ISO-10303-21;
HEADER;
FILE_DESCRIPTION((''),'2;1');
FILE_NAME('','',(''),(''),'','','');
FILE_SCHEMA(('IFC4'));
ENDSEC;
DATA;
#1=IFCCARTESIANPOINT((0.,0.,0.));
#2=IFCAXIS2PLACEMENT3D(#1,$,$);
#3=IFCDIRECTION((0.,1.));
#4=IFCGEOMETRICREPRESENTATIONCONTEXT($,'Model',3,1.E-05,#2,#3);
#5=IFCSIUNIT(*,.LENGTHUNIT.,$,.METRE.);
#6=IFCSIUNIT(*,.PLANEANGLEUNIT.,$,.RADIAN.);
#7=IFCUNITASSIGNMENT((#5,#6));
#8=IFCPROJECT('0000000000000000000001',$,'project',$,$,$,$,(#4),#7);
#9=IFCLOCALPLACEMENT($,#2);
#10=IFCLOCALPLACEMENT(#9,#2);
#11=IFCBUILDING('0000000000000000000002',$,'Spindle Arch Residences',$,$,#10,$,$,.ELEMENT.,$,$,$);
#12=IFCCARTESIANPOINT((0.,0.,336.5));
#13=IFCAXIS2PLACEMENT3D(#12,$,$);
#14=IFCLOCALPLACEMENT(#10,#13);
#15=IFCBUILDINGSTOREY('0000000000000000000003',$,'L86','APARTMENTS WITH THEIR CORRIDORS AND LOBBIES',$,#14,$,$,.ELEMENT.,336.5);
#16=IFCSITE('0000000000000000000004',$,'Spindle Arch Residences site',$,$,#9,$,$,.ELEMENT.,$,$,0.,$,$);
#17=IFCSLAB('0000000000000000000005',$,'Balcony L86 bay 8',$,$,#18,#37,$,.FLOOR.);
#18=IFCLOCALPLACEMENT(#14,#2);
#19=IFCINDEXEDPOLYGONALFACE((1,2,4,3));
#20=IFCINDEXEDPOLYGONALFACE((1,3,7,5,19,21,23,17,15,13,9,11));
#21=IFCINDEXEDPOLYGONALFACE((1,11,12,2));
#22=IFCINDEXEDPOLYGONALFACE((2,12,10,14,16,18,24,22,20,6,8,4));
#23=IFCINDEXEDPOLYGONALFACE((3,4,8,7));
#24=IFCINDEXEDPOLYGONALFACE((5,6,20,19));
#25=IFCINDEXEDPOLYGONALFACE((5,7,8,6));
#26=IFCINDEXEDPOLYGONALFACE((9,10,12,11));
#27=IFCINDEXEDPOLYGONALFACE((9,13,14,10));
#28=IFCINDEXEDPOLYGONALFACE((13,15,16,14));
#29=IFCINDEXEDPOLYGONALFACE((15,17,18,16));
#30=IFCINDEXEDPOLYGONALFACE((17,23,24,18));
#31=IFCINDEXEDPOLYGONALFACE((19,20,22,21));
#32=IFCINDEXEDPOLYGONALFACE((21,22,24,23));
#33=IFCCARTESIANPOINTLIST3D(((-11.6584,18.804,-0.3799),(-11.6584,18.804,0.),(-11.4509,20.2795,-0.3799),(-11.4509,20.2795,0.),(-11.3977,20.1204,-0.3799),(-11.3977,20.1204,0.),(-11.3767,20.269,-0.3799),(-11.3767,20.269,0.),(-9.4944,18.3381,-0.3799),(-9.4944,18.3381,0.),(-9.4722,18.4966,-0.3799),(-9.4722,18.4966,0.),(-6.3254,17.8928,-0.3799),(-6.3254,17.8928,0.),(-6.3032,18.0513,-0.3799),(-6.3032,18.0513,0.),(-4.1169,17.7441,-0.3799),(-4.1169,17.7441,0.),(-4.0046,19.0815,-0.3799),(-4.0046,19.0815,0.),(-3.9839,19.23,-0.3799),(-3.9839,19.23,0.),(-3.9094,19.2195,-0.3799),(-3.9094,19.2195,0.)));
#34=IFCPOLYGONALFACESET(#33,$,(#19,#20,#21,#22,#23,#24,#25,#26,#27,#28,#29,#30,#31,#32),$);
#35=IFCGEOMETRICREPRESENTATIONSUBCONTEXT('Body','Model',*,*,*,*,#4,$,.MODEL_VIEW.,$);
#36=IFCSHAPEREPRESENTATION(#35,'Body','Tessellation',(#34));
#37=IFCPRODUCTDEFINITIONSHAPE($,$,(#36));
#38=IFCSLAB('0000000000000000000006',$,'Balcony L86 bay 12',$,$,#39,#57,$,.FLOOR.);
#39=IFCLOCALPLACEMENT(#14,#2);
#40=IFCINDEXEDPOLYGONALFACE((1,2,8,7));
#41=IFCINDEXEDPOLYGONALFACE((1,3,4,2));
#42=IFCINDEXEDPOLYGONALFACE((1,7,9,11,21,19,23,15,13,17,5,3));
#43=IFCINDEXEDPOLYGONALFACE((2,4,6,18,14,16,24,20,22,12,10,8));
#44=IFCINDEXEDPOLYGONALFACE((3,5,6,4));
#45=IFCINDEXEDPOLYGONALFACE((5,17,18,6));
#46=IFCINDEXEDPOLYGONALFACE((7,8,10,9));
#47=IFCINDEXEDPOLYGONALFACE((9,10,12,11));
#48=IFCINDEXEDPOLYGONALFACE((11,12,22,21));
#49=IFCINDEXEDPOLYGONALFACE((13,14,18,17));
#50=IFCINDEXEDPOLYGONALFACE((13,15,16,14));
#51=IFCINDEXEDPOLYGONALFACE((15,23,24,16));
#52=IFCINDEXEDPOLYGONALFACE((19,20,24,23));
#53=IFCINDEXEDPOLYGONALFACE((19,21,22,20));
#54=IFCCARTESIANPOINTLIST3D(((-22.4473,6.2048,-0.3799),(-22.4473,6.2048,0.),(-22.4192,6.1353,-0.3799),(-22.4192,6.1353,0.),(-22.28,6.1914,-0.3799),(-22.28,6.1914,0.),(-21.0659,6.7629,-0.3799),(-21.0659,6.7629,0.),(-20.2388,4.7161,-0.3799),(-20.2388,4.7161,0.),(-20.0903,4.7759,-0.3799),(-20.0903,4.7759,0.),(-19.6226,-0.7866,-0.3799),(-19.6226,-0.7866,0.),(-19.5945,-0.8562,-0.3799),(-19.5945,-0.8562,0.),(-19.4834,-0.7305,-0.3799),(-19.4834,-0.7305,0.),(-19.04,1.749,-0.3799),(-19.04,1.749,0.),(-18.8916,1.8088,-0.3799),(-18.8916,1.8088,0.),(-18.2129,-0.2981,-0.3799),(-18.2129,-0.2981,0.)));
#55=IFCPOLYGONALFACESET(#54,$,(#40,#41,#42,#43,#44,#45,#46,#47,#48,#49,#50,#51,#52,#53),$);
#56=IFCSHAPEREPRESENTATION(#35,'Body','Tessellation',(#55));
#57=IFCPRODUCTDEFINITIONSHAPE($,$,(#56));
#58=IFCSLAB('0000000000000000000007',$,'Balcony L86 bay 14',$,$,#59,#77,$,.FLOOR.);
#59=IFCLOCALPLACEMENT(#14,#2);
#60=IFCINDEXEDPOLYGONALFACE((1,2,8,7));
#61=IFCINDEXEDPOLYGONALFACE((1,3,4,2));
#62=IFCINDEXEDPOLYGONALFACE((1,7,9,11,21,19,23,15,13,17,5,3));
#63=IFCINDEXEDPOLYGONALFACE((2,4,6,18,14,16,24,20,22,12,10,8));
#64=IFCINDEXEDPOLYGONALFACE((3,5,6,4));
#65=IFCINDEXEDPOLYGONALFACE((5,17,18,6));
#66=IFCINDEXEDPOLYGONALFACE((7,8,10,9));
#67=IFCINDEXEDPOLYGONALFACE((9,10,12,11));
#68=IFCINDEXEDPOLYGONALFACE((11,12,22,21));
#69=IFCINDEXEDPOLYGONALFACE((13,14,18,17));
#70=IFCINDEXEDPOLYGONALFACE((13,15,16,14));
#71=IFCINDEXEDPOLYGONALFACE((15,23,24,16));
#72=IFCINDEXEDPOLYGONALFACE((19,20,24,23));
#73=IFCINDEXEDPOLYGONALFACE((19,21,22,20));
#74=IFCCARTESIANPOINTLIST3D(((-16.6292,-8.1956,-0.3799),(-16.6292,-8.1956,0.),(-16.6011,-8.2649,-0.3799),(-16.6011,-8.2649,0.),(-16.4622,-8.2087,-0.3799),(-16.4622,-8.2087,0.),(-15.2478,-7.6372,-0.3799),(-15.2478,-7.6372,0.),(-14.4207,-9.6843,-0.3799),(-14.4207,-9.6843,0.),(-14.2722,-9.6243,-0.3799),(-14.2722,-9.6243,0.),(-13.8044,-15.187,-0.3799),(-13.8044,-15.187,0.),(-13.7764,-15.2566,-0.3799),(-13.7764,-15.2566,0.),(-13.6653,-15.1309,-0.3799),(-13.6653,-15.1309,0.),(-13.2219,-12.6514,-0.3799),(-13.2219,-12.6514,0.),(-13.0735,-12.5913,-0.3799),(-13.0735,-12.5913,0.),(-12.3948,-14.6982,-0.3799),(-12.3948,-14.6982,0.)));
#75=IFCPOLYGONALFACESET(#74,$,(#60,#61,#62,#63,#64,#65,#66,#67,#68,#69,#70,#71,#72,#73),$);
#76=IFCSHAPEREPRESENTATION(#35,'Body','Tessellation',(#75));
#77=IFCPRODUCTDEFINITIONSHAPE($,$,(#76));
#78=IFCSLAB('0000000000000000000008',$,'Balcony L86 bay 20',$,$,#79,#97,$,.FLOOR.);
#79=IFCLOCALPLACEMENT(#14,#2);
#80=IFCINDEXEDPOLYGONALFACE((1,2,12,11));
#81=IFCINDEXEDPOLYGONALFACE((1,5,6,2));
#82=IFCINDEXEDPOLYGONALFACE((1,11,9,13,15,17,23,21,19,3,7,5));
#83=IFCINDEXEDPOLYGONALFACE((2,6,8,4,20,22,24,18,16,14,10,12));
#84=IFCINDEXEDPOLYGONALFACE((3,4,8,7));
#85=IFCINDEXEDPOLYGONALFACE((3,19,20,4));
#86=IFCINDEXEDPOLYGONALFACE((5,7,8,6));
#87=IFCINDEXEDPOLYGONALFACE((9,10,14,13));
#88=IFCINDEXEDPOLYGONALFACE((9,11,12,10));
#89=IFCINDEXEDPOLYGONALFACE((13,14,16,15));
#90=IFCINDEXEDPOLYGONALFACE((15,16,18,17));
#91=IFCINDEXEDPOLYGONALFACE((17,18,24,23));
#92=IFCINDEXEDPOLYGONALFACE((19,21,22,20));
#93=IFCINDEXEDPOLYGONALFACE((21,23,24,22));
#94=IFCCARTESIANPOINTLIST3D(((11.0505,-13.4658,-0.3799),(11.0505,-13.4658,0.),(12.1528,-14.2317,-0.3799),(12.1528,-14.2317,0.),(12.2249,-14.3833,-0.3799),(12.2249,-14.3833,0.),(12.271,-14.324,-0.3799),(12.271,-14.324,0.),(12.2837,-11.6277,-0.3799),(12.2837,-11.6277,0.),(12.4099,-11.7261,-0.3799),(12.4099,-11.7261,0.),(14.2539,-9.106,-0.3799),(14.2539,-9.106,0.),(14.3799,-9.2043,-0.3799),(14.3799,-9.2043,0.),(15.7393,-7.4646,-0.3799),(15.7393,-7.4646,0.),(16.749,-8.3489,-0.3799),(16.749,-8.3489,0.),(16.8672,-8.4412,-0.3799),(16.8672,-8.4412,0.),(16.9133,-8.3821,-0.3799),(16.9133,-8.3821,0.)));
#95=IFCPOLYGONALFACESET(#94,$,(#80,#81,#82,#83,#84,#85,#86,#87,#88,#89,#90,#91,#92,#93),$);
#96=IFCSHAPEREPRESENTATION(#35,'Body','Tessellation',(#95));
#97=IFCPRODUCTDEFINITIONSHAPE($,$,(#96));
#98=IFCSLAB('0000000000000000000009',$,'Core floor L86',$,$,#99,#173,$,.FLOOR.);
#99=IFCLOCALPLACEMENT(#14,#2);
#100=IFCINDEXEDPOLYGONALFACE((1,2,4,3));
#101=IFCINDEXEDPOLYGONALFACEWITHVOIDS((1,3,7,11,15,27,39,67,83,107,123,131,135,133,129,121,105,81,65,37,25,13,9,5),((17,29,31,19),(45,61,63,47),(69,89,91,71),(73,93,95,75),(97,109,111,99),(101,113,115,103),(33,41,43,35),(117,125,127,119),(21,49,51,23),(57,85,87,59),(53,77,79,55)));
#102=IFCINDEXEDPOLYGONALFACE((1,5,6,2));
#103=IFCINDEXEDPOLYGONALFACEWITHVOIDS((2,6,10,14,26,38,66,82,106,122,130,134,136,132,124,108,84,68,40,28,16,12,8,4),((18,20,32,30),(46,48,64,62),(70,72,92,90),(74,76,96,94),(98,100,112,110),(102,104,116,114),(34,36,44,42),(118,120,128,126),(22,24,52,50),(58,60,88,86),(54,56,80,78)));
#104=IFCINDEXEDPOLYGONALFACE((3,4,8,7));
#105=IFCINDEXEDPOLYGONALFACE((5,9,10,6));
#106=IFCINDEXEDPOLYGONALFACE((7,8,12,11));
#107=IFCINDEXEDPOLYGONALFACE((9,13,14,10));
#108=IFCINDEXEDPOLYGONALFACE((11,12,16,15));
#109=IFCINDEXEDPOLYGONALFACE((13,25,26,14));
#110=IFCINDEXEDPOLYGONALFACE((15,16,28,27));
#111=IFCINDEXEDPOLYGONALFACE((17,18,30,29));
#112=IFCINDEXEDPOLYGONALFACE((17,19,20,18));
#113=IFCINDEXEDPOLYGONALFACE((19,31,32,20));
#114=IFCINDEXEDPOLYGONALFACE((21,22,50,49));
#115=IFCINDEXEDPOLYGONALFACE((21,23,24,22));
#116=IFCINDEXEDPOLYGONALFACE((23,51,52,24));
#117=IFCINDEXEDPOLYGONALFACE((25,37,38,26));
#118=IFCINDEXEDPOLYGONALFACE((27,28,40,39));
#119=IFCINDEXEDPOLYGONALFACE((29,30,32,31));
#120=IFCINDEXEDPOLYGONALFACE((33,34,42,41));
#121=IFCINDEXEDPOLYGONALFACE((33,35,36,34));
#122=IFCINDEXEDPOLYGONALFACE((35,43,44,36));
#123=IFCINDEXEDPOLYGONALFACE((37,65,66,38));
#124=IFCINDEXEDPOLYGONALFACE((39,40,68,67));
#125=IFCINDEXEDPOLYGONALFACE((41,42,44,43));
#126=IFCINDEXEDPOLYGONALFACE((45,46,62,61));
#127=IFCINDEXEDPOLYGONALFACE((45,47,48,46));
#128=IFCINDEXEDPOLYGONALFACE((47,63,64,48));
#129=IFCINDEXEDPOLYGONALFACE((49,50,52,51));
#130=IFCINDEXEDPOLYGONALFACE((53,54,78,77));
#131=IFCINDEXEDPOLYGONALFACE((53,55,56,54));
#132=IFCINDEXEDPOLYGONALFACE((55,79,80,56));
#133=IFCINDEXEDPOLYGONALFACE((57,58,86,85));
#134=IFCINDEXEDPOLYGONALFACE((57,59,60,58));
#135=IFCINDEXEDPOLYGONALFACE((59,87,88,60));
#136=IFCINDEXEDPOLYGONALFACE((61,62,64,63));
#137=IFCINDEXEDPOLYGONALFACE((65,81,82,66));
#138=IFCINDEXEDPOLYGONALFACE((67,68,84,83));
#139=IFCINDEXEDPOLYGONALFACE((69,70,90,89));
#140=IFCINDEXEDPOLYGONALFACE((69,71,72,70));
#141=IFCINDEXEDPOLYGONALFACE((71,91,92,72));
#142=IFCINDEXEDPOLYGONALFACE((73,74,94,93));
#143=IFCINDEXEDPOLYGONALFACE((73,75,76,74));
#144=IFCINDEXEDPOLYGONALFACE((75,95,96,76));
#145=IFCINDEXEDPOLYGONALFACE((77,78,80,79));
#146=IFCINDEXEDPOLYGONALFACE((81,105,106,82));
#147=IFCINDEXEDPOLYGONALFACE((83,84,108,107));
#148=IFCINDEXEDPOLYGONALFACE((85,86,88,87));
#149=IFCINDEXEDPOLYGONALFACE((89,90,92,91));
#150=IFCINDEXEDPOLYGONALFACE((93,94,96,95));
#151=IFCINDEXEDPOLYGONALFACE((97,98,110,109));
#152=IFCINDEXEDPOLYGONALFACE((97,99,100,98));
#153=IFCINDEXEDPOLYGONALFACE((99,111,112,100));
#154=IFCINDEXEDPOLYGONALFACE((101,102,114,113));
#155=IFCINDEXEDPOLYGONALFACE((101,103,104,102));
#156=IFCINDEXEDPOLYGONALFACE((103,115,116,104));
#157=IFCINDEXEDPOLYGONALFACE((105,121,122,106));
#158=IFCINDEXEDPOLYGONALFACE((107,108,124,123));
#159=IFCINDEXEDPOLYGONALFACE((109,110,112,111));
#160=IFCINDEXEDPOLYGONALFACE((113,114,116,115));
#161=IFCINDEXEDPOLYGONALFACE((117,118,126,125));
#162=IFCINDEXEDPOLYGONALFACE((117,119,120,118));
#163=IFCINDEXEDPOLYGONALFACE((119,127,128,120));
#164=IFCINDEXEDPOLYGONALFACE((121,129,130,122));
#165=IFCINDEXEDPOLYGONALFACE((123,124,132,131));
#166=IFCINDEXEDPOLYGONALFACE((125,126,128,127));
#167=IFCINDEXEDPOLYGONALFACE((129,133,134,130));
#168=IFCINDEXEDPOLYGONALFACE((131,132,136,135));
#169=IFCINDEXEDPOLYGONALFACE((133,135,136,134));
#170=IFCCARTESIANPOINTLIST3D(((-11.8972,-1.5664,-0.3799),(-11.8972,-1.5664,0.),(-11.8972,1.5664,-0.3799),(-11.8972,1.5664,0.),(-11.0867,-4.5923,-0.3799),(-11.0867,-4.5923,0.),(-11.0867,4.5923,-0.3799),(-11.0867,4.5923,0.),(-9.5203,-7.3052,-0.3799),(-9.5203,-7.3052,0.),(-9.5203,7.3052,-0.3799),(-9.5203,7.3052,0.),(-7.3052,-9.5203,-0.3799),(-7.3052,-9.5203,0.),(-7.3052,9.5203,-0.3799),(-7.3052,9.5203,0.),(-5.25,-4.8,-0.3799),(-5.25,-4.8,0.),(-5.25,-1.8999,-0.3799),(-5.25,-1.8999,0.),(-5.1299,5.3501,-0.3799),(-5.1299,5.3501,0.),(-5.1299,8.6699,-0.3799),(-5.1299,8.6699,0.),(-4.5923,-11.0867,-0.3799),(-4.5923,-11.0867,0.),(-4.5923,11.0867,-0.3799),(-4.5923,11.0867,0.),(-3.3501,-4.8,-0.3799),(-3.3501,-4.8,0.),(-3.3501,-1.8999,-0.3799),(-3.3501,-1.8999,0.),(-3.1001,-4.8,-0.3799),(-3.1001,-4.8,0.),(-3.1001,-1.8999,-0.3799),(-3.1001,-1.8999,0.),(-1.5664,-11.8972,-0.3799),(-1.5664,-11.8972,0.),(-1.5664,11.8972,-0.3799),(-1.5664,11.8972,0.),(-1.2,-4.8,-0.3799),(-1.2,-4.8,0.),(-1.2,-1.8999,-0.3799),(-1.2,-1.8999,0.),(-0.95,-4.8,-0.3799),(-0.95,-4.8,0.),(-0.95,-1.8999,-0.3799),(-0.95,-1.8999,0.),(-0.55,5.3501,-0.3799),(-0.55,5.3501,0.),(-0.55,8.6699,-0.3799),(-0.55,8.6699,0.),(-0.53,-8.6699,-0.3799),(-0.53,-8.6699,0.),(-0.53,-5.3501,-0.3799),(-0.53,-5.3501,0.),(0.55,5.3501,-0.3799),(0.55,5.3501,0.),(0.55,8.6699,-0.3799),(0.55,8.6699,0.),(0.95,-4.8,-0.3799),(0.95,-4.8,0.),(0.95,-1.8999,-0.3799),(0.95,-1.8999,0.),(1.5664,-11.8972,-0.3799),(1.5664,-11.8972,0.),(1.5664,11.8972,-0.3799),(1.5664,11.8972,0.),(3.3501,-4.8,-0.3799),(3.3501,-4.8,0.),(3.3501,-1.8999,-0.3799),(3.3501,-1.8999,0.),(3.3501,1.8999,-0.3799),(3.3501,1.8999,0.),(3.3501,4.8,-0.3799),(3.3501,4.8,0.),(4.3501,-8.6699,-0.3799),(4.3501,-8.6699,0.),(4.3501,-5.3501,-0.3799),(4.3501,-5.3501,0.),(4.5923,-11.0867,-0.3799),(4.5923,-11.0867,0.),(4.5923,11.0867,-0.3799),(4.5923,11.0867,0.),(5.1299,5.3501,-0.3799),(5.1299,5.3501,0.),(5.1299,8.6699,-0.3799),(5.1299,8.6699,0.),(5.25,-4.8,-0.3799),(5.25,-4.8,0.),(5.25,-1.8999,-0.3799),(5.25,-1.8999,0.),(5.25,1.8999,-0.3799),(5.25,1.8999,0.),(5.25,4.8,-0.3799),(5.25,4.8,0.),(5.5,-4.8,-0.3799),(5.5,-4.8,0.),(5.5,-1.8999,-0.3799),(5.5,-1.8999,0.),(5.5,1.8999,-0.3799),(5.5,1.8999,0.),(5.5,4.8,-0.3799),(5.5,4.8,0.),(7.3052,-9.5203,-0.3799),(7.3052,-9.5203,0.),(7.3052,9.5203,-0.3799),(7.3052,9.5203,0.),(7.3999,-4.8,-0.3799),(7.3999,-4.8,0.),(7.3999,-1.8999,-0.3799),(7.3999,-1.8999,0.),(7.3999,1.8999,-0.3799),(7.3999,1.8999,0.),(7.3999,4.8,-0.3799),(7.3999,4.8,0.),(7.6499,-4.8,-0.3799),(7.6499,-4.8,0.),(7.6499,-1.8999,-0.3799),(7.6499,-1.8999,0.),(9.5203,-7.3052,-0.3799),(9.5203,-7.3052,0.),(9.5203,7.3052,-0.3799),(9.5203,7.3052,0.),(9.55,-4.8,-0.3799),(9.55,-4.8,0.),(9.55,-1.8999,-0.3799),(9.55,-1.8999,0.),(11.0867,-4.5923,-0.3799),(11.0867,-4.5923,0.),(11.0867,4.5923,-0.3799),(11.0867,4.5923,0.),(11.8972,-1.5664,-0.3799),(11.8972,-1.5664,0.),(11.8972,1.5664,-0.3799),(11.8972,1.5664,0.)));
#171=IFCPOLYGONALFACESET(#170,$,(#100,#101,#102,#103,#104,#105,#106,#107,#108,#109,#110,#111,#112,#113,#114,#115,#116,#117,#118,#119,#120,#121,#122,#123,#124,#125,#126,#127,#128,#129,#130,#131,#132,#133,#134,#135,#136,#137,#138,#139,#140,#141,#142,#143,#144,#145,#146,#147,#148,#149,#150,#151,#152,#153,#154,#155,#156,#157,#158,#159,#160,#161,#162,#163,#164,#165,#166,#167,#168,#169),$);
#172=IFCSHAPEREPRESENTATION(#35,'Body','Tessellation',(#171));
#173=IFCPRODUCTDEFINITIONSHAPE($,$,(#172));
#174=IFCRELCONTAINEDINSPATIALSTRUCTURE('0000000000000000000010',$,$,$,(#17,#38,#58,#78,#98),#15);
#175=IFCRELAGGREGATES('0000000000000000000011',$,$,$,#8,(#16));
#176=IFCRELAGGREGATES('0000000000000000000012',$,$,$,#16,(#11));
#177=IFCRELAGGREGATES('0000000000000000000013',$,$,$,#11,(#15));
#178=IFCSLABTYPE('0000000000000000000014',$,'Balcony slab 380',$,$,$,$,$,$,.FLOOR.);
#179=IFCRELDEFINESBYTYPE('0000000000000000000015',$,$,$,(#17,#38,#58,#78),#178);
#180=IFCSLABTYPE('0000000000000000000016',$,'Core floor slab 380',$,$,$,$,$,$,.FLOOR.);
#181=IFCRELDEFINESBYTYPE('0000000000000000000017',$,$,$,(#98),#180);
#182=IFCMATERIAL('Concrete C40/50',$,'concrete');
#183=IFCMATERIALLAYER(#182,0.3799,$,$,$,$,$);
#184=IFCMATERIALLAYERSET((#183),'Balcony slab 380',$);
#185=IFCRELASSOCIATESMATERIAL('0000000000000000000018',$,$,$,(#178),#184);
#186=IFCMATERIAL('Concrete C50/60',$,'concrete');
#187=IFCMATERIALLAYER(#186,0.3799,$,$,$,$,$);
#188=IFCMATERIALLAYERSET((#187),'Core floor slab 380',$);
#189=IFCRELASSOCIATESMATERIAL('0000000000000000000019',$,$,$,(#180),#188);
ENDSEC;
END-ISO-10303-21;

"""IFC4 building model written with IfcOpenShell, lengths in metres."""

from ifc_helpers import new_model, si_unit, direction, frame, origin, place, context, subcontext, project, spatial, polyline, outline, extrude, material, layer, layer_set, type_object, element, save


model = new_model("IFC4")

# Units and contexts
model_context = context("Model", 3, precision=1e-05, world=origin(), true_north=direction((0.0, 1.0)))
body_context = subcontext(model_context, "Body", "Model", "MODEL_VIEW")
ifc_project = project(units=[si_unit("LENGTHUNIT", "METRE"), si_unit("PLANEANGLEUNIT", "RADIAN")], contexts=[model_context])

# Site, building, storey
site_placement = place(None, origin())
site = spatial("IfcSite", under=ifc_project, at=site_placement, Name="Spindle Arch Residences site", CompositionType="ELEMENT", RefElevation=0.0)
building_placement = place(site_placement, origin())
building = spatial("IfcBuilding", under=site, at=building_placement, Name="Spindle Arch Residences", CompositionType="ELEMENT")
storey_placement = place(building_placement, frame((0.0, 0.0, 336.5)))
storey = spatial("IfcBuildingStorey", under=building, at=storey_placement, Name="L86", Description="APARTMENTS WITH THEIR CORRIDORS AND LOBBIES", CompositionType="ELEMENT", Elevation=336.5)

# Slabs
ifc_material_1 = material(Name="Concrete C40/50", Category="concrete")
ifc_layer_1 = layer(ifc_material_1, 0.3799)
ifc_layer_set_1 = layer_set([ifc_layer_1], Name="Balcony slab 380")
slab_type_1 = type_object("IfcSlabType", Name="Balcony slab 380", PredefinedType="FLOOR", material=ifc_layer_set_1)
slab_1_placement = place(storey_placement, frame((0.0, 0.0, -0.3799)))
element("IfcSlab", 1, at=slab_1_placement, inside=storey, type_object=slab_type_1, Name="Balcony L86 bay 8", PredefinedType="FLOOR", context=body_context, shape_type="SweptSolid", body=[
    extrude(outline(polyline([(-3.9094, 19.2195), (-3.9839, 19.23), (-4.0046, 19.0815), (-11.3977, 20.1204), (-11.3767, 20.269), (-11.4509, 20.2795), (-11.6584, 18.804), (-9.4722, 18.4966), (-9.4944, 18.3381), (-6.3254, 17.8928), (-6.3032, 18.0513), (-4.1169, 17.7441), (-3.9094, 19.2195)])), origin(), (0.0, 0.0, 1.0), 0.3799),
])
slab_2_placement = place(storey_placement, frame((0.0, 0.0, -0.3799)))
element("IfcSlab", 2, at=slab_2_placement, inside=storey, type_object=slab_type_1, Name="Balcony L86 bay 12", PredefinedType="FLOOR", context=body_context, shape_type="SweptSolid", body=[
    extrude(outline(polyline([(-22.4473, 6.2048), (-22.4192, 6.1353), (-22.28, 6.1914), (-19.4834, -0.7305), (-19.6226, -0.7866), (-19.5945, -0.8562), (-18.2129, -0.2981), (-19.04, 1.749), (-18.8916, 1.8088), (-20.0903, 4.7759), (-20.2388, 4.7161), (-21.0659, 6.7629), (-22.4473, 6.2048)])), origin(), (0.0, 0.0, 1.0), 0.3799),
])
slab_3_placement = place(storey_placement, frame((0.0, 0.0, -0.3799)))
element("IfcSlab", 3, at=slab_3_placement, inside=storey, type_object=slab_type_1, Name="Balcony L86 bay 14", PredefinedType="FLOOR", context=body_context, shape_type="SweptSolid", body=[
    extrude(outline(polyline([(-16.6292, -8.1956), (-16.6011, -8.2649), (-16.4622, -8.2087), (-13.6653, -15.1309), (-13.8044, -15.187), (-13.7764, -15.2566), (-12.3948, -14.6982), (-13.2219, -12.6514), (-13.0735, -12.5913), (-14.2722, -9.6243), (-14.4207, -9.6843), (-15.2478, -7.6372), (-16.6292, -8.1956)])), origin(), (0.0, 0.0, 1.0), 0.3799),
])
slab_4_placement = place(storey_placement, frame((0.0, 0.0, -0.3799)))
element("IfcSlab", 4, at=slab_4_placement, inside=storey, type_object=slab_type_1, Name="Balcony L86 bay 20", PredefinedType="FLOOR", context=body_context, shape_type="SweptSolid", body=[
    extrude(outline(polyline([(12.2249, -14.3833), (12.271, -14.324), (12.1528, -14.2317), (16.749, -8.3489), (16.8672, -8.4412), (16.9133, -8.3821), (15.7393, -7.4646), (14.3799, -9.2043), (14.2539, -9.106), (12.2837, -11.6277), (12.4099, -11.7261), (11.0505, -13.4658), (12.2249, -14.3833)])), origin(), (0.0, 0.0, 1.0), 0.3799),
])
ifc_material_2 = material(Name="Concrete C50/60", Category="concrete")
ifc_layer_2 = layer(ifc_material_2, 0.3799)
ifc_layer_set_2 = layer_set([ifc_layer_2], Name="Core floor slab 380")
slab_type_2 = type_object("IfcSlabType", Name="Core floor slab 380", PredefinedType="FLOOR", material=ifc_layer_set_2)
slab_5_placement = place(storey_placement, frame((0.0, 0.0, -0.3799)))
element("IfcSlab", 5, at=slab_5_placement, inside=storey, type_object=slab_type_2, Name="Core floor L86", PredefinedType="FLOOR", context=body_context, shape_type="SweptSolid", body=[
    extrude(outline(polyline([(1.5664, -11.8972), (4.5923, -11.0867), (7.3052, -9.5203), (9.5203, -7.3052), (11.0867, -4.5923), (11.8972, -1.5664), (11.8972, 1.5664), (11.0867, 4.5923), (9.5203, 7.3052), (7.3052, 9.5203), (4.5923, 11.0867), (1.5664, 11.8972), (-1.5664, 11.8972), (-4.5923, 11.0867), (-7.3052, 9.5203), (-9.5203, 7.3052), (-11.0867, 4.5923), (-11.8972, 1.5664), (-11.8972, -1.5664), (-11.0867, -4.5923), (-9.5203, -7.3052), (-7.3052, -9.5203), (-4.5923, -11.0867), (-1.5664, -11.8972), (1.5664, -11.8972)]), holes=[polyline([(3.3501, 1.8999), (5.25, 1.8999), (5.25, 4.8), (3.3501, 4.8), (3.3501, 1.8999)]), polyline([(5.5, 1.8999), (7.3999, 1.8999), (7.3999, 4.8), (5.5, 4.8), (5.5, 1.8999)]), polyline([(-5.25, -4.8), (-3.3501, -4.8), (-3.3501, -1.8999), (-5.25, -1.8999), (-5.25, -4.8)]), polyline([(-3.1001, -4.8), (-1.2, -4.8), (-1.2, -1.8999), (-3.1001, -1.8999), (-3.1001, -4.8)]), polyline([(-0.95, -4.8), (0.95, -4.8), (0.95, -1.8999), (-0.95, -1.8999), (-0.95, -4.8)]), polyline([(3.3501, -4.8), (5.25, -4.8), (5.25, -1.8999), (3.3501, -1.8999), (3.3501, -4.8)]), polyline([(5.5, -4.8), (7.3999, -4.8), (7.3999, -1.8999), (5.5, -1.8999), (5.5, -4.8)]), polyline([(7.6499, -4.8), (9.55, -4.8), (9.55, -1.8999), (7.6499, -1.8999), (7.6499, -4.8)]), polyline([(5.1299, 8.6699), (0.55, 8.6699), (0.55, 5.3501), (5.1299, 5.3501), (5.1299, 8.6699)]), polyline([(-5.1299, 5.3501), (-0.55, 5.3501), (-0.55, 8.6699), (-5.1299, 8.6699), (-5.1299, 5.3501)]), polyline([(-0.53, -8.6699), (4.3501, -8.6699), (4.3501, -5.3501), (-0.53, -5.3501), (-0.53, -8.6699)])]), origin(), (0.0, 0.0, 1.0), 0.3799),
])

save(model, "model.ifc")
